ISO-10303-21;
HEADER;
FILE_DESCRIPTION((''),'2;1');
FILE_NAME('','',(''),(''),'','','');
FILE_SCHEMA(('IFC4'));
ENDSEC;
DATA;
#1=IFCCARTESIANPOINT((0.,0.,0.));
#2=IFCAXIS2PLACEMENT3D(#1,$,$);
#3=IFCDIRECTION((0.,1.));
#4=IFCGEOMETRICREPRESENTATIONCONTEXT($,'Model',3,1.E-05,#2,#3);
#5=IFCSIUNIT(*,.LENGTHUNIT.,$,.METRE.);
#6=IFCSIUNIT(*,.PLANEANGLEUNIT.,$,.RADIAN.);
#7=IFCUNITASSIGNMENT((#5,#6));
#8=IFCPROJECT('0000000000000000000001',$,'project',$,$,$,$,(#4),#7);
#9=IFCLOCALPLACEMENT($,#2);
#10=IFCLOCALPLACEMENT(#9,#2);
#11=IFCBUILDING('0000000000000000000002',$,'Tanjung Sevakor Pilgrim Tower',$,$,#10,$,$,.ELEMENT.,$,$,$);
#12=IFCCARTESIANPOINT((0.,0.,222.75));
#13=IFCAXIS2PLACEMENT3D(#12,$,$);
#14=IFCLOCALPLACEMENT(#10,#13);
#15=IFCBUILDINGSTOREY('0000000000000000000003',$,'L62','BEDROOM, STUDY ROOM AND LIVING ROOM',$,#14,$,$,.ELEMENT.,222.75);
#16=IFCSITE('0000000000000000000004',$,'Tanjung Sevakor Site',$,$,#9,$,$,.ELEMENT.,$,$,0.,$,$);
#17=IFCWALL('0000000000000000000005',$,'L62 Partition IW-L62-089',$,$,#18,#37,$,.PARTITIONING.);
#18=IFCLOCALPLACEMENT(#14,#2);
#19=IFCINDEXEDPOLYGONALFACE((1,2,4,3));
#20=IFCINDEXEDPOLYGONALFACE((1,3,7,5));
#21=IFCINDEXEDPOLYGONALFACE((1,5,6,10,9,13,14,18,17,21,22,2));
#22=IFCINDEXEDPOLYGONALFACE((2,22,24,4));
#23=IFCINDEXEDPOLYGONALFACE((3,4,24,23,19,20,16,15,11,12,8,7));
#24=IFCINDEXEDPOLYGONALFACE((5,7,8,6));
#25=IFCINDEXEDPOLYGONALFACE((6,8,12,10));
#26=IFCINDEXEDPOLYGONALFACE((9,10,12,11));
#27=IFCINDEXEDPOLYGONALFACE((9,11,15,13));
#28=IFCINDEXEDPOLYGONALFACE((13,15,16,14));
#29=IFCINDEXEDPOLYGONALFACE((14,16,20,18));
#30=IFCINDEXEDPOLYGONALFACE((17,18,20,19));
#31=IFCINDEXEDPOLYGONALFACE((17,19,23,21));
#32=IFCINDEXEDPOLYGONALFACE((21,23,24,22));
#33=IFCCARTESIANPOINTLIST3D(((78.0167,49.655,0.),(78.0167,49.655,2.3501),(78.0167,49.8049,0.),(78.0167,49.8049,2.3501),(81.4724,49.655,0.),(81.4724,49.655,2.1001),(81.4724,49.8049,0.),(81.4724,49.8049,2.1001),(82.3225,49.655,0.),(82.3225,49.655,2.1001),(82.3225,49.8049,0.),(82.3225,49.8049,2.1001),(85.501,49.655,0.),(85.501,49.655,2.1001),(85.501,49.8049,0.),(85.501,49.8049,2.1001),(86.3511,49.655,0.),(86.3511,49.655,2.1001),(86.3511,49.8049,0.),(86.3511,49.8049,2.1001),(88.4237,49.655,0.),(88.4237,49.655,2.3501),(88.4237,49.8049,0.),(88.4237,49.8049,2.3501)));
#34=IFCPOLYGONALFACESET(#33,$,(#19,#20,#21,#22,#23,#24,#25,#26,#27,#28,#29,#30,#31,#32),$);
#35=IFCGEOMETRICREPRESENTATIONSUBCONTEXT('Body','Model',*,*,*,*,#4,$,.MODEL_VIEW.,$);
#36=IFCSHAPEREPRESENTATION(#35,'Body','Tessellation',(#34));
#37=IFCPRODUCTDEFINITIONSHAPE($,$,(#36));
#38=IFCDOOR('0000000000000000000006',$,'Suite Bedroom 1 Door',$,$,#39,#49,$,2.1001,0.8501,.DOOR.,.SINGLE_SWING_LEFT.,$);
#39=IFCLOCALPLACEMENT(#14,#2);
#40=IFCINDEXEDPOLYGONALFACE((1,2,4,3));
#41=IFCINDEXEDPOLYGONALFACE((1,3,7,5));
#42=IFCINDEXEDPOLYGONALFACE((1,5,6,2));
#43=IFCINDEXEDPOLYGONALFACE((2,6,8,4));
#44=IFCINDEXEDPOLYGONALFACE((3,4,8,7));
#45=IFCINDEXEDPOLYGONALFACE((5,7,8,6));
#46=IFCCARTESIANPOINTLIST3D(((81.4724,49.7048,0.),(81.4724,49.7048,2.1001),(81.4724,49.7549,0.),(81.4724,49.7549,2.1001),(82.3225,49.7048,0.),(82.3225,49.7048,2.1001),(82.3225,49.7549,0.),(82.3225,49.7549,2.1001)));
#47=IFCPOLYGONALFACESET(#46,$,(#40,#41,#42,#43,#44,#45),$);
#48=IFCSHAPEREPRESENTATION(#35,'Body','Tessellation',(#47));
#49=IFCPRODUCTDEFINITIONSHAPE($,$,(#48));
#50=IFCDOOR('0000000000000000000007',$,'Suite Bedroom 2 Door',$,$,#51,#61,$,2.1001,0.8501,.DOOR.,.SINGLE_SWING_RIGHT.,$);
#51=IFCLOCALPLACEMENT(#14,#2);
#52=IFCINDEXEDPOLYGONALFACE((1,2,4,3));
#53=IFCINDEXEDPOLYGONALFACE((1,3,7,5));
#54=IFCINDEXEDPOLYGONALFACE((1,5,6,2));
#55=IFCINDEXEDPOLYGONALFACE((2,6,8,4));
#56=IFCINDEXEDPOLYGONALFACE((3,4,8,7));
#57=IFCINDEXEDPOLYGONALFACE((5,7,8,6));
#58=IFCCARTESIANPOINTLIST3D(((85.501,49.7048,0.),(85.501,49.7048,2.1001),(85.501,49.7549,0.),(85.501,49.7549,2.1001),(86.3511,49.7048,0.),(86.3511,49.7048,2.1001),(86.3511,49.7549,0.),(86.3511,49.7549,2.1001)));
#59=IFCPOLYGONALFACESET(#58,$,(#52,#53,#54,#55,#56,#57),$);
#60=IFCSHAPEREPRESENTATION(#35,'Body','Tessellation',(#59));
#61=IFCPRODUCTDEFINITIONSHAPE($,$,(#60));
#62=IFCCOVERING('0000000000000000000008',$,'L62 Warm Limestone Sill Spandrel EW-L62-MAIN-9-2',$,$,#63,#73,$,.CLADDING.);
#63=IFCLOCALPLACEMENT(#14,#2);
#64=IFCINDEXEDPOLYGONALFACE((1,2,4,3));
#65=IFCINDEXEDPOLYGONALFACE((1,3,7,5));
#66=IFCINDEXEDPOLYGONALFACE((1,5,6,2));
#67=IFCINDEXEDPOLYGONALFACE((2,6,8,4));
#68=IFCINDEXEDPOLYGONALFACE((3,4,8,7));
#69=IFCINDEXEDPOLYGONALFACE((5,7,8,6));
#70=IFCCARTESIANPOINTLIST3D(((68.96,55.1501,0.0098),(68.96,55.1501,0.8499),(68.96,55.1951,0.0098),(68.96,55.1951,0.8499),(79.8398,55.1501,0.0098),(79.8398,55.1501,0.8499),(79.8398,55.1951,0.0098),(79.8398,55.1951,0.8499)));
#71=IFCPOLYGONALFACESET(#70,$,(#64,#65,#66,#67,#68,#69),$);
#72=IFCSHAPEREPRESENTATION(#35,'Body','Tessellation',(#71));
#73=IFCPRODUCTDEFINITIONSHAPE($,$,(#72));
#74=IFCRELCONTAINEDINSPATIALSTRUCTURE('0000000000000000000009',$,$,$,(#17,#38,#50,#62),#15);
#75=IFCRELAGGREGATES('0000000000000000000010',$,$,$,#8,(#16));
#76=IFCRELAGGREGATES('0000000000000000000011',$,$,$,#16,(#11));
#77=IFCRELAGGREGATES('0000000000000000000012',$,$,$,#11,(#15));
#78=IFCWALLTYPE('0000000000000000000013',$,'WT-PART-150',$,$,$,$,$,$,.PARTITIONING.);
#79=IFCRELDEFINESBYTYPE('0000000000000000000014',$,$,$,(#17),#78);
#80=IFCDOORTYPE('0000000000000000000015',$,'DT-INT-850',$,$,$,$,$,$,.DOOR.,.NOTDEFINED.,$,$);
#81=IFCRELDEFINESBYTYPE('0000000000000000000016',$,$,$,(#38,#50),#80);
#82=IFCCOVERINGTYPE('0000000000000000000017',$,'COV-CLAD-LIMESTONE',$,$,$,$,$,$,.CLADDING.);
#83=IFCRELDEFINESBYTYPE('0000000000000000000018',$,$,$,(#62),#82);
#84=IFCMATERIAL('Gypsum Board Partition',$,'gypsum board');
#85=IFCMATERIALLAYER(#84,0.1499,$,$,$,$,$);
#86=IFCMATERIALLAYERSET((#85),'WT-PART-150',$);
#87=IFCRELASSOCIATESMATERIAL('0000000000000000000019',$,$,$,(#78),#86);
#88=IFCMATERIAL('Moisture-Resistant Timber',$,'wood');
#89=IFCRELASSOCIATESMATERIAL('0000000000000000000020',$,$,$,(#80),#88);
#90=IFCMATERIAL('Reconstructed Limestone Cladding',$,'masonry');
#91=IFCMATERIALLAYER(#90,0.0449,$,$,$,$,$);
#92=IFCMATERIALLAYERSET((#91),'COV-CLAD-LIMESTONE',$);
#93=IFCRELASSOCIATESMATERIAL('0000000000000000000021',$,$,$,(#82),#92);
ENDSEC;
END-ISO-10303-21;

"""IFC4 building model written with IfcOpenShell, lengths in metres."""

from ifc_helpers import new_model, si_unit, direction, frame, frame_2d, origin, origin_2d, place, context, subcontext, project, spatial, rectangle, extrude, material, layer, layer_set, type_object, element, fill, save


model = new_model("IFC4")

# Units and contexts
model_context = context("Model", 3, precision=1e-05, world=origin(), true_north=direction((0.0, 1.0)))
body_context = subcontext(model_context, "Body", "Model", "MODEL_VIEW")
ifc_project = project(units=[si_unit("LENGTHUNIT", "METRE"), si_unit("PLANEANGLEUNIT", "RADIAN")], contexts=[model_context])

# Site, building, storey
site_placement = place(None, origin())
site = spatial("IfcSite", under=ifc_project, at=site_placement, Name="Tanjung Sevakor Site", CompositionType="ELEMENT", RefElevation=0.0)
building_placement = place(site_placement, origin())
building = spatial("IfcBuilding", under=site, at=building_placement, Name="Tanjung Sevakor Pilgrim Tower", CompositionType="ELEMENT")
storey_placement = place(building_placement, frame((0.0, 0.0, 222.75)))
storey = spatial("IfcBuildingStorey", under=building, at=storey_placement, Name="L62", Description="BEDROOM, STUDY ROOM AND LIVING ROOM", CompositionType="ELEMENT", Elevation=222.75)

# Shared definitions
ifc_material_1 = material(Name="Gypsum Board Partition", Category="gypsum board")
ifc_layer_1 = layer(ifc_material_1, 0.1499)
ifc_layer_set_1 = layer_set([ifc_layer_1], Name="WT-PART-150")
wall_type_1 = type_object("IfcWallType", Name="WT-PART-150", PredefinedType="PARTITIONING", material=ifc_layer_set_1)

# Wall, openings, doors
wall_1_placement = place(storey_placement, frame((78.0166, 49.73, 0.0), z_axis=(0.0, 0.0, 1.0), x_axis=(1.0, 0.0, 0.0)))
wall_1 = element("IfcWall", 1, at=wall_1_placement, inside=storey, type_object=wall_type_1, Name="L62 Partition IW-L62-089", PredefinedType="PARTITIONING", context=body_context, shape_type="SweptSolid", body=[
    extrude(rectangle(XDim=10.407, YDim=0.1499, at=frame_2d((5.2036, 0.0))), origin(), (0.0, 0.0, 1.0), 2.3501),
])
opening_1_placement = place(wall_1_placement, frame((3.4558, 0.0, 0.0)))
opening_1 = element("IfcOpeningElement", 2, at=opening_1_placement, cuts=wall_1, PredefinedType="OPENING", context=body_context, shape_type="SweptSolid", body=[
    extrude(rectangle(XDim=0.8501, YDim=2.1001, at=frame_2d((0.425, 1.05))), frame((0.0, 0.085, 0.0), z_axis=(0.0, -1.0, 0.0), x_axis=(1.0, 0.0, 0.0)), (0.0, 0.0, 1.0), 0.1699),
])
opening_2_placement = place(wall_1_placement, frame((7.4844, 0.0, 0.0)))
opening_2 = element("IfcOpeningElement", 3, at=opening_2_placement, cuts=wall_1, PredefinedType="OPENING", context=body_context, shape_type="SweptSolid", body=[
    extrude(rectangle(XDim=0.8501, YDim=2.1001, at=frame_2d((0.425, 1.05))), frame((0.0, 0.085, 0.0), z_axis=(0.0, -1.0, 0.0), x_axis=(1.0, 0.0, 0.0)), (0.0, 0.0, 1.0), 0.1699),
])
ifc_material_2 = material(Name="Moisture-Resistant Timber", Category="wood")
door_type_1 = type_object("IfcDoorType", Name="DT-INT-850", OperationType="NOTDEFINED", PredefinedType="DOOR", material=ifc_material_2)
door_1_placement = place(opening_1_placement, origin())
door_1 = element("IfcDoor", 4, at=door_1_placement, inside=storey, type_object=door_type_1, Name="Suite Bedroom 1 Door", OperationType="SINGLE_SWING_LEFT", OverallHeight=2.1001, OverallWidth=0.8501, PredefinedType="DOOR", context=body_context, shape_type="SweptSolid", body=[
    extrude(rectangle(XDim=0.8501, YDim=2.1001, at=frame_2d((0.425, 1.05))), frame((0.0, 0.0249, 0.0), z_axis=(0.0, -1.0, 0.0), x_axis=(1.0, 0.0, 0.0)), (0.0, 0.0, 1.0), 0.05),
])
fill(opening_1, door_1)
door_2_placement = place(opening_2_placement, origin())
door_2 = element("IfcDoor", 5, at=door_2_placement, inside=storey, type_object=door_type_1, Name="Suite Bedroom 2 Door", OperationType="SINGLE_SWING_RIGHT", OverallHeight=2.1001, OverallWidth=0.8501, PredefinedType="DOOR", context=body_context, shape_type="SweptSolid", body=[
    extrude(rectangle(XDim=0.8501, YDim=2.1001, at=frame_2d((0.425, 1.05))), frame((0.0, 0.0249, 0.0), z_axis=(0.0, -1.0, 0.0), x_axis=(1.0, 0.0, 0.0)), (0.0, 0.0, 1.0), 0.05),
])
fill(opening_2, door_2)

# Covering
ifc_material_3 = material(Name="Reconstructed Limestone Cladding", Category="masonry")
ifc_layer_2 = layer(ifc_material_3, 0.0449)
ifc_layer_set_2 = layer_set([ifc_layer_2], Name="COV-CLAD-LIMESTONE")
covering_type = type_object("IfcCoveringType", Name="COV-CLAD-LIMESTONE", PredefinedType="CLADDING", material=ifc_layer_set_2)
covering_placement = place(storey_placement, frame((74.3999, 55.1726, 0.0098), z_axis=(0.0, 0.0, 1.0), x_axis=(-1.0, 0.0, 0.0)))
element("IfcCovering", 6, at=covering_placement, inside=storey, type_object=covering_type, Name="L62 Warm Limestone Sill Spandrel EW-L62-MAIN-9-2", PredefinedType="CLADDING", context=body_context, shape_type="SweptSolid", body=[
    extrude(rectangle(XDim=10.8799, YDim=0.0449, at=origin_2d()), origin(), (0.0, 0.0, 1.0), 0.8401),
])

save(model, "model.ifc")
